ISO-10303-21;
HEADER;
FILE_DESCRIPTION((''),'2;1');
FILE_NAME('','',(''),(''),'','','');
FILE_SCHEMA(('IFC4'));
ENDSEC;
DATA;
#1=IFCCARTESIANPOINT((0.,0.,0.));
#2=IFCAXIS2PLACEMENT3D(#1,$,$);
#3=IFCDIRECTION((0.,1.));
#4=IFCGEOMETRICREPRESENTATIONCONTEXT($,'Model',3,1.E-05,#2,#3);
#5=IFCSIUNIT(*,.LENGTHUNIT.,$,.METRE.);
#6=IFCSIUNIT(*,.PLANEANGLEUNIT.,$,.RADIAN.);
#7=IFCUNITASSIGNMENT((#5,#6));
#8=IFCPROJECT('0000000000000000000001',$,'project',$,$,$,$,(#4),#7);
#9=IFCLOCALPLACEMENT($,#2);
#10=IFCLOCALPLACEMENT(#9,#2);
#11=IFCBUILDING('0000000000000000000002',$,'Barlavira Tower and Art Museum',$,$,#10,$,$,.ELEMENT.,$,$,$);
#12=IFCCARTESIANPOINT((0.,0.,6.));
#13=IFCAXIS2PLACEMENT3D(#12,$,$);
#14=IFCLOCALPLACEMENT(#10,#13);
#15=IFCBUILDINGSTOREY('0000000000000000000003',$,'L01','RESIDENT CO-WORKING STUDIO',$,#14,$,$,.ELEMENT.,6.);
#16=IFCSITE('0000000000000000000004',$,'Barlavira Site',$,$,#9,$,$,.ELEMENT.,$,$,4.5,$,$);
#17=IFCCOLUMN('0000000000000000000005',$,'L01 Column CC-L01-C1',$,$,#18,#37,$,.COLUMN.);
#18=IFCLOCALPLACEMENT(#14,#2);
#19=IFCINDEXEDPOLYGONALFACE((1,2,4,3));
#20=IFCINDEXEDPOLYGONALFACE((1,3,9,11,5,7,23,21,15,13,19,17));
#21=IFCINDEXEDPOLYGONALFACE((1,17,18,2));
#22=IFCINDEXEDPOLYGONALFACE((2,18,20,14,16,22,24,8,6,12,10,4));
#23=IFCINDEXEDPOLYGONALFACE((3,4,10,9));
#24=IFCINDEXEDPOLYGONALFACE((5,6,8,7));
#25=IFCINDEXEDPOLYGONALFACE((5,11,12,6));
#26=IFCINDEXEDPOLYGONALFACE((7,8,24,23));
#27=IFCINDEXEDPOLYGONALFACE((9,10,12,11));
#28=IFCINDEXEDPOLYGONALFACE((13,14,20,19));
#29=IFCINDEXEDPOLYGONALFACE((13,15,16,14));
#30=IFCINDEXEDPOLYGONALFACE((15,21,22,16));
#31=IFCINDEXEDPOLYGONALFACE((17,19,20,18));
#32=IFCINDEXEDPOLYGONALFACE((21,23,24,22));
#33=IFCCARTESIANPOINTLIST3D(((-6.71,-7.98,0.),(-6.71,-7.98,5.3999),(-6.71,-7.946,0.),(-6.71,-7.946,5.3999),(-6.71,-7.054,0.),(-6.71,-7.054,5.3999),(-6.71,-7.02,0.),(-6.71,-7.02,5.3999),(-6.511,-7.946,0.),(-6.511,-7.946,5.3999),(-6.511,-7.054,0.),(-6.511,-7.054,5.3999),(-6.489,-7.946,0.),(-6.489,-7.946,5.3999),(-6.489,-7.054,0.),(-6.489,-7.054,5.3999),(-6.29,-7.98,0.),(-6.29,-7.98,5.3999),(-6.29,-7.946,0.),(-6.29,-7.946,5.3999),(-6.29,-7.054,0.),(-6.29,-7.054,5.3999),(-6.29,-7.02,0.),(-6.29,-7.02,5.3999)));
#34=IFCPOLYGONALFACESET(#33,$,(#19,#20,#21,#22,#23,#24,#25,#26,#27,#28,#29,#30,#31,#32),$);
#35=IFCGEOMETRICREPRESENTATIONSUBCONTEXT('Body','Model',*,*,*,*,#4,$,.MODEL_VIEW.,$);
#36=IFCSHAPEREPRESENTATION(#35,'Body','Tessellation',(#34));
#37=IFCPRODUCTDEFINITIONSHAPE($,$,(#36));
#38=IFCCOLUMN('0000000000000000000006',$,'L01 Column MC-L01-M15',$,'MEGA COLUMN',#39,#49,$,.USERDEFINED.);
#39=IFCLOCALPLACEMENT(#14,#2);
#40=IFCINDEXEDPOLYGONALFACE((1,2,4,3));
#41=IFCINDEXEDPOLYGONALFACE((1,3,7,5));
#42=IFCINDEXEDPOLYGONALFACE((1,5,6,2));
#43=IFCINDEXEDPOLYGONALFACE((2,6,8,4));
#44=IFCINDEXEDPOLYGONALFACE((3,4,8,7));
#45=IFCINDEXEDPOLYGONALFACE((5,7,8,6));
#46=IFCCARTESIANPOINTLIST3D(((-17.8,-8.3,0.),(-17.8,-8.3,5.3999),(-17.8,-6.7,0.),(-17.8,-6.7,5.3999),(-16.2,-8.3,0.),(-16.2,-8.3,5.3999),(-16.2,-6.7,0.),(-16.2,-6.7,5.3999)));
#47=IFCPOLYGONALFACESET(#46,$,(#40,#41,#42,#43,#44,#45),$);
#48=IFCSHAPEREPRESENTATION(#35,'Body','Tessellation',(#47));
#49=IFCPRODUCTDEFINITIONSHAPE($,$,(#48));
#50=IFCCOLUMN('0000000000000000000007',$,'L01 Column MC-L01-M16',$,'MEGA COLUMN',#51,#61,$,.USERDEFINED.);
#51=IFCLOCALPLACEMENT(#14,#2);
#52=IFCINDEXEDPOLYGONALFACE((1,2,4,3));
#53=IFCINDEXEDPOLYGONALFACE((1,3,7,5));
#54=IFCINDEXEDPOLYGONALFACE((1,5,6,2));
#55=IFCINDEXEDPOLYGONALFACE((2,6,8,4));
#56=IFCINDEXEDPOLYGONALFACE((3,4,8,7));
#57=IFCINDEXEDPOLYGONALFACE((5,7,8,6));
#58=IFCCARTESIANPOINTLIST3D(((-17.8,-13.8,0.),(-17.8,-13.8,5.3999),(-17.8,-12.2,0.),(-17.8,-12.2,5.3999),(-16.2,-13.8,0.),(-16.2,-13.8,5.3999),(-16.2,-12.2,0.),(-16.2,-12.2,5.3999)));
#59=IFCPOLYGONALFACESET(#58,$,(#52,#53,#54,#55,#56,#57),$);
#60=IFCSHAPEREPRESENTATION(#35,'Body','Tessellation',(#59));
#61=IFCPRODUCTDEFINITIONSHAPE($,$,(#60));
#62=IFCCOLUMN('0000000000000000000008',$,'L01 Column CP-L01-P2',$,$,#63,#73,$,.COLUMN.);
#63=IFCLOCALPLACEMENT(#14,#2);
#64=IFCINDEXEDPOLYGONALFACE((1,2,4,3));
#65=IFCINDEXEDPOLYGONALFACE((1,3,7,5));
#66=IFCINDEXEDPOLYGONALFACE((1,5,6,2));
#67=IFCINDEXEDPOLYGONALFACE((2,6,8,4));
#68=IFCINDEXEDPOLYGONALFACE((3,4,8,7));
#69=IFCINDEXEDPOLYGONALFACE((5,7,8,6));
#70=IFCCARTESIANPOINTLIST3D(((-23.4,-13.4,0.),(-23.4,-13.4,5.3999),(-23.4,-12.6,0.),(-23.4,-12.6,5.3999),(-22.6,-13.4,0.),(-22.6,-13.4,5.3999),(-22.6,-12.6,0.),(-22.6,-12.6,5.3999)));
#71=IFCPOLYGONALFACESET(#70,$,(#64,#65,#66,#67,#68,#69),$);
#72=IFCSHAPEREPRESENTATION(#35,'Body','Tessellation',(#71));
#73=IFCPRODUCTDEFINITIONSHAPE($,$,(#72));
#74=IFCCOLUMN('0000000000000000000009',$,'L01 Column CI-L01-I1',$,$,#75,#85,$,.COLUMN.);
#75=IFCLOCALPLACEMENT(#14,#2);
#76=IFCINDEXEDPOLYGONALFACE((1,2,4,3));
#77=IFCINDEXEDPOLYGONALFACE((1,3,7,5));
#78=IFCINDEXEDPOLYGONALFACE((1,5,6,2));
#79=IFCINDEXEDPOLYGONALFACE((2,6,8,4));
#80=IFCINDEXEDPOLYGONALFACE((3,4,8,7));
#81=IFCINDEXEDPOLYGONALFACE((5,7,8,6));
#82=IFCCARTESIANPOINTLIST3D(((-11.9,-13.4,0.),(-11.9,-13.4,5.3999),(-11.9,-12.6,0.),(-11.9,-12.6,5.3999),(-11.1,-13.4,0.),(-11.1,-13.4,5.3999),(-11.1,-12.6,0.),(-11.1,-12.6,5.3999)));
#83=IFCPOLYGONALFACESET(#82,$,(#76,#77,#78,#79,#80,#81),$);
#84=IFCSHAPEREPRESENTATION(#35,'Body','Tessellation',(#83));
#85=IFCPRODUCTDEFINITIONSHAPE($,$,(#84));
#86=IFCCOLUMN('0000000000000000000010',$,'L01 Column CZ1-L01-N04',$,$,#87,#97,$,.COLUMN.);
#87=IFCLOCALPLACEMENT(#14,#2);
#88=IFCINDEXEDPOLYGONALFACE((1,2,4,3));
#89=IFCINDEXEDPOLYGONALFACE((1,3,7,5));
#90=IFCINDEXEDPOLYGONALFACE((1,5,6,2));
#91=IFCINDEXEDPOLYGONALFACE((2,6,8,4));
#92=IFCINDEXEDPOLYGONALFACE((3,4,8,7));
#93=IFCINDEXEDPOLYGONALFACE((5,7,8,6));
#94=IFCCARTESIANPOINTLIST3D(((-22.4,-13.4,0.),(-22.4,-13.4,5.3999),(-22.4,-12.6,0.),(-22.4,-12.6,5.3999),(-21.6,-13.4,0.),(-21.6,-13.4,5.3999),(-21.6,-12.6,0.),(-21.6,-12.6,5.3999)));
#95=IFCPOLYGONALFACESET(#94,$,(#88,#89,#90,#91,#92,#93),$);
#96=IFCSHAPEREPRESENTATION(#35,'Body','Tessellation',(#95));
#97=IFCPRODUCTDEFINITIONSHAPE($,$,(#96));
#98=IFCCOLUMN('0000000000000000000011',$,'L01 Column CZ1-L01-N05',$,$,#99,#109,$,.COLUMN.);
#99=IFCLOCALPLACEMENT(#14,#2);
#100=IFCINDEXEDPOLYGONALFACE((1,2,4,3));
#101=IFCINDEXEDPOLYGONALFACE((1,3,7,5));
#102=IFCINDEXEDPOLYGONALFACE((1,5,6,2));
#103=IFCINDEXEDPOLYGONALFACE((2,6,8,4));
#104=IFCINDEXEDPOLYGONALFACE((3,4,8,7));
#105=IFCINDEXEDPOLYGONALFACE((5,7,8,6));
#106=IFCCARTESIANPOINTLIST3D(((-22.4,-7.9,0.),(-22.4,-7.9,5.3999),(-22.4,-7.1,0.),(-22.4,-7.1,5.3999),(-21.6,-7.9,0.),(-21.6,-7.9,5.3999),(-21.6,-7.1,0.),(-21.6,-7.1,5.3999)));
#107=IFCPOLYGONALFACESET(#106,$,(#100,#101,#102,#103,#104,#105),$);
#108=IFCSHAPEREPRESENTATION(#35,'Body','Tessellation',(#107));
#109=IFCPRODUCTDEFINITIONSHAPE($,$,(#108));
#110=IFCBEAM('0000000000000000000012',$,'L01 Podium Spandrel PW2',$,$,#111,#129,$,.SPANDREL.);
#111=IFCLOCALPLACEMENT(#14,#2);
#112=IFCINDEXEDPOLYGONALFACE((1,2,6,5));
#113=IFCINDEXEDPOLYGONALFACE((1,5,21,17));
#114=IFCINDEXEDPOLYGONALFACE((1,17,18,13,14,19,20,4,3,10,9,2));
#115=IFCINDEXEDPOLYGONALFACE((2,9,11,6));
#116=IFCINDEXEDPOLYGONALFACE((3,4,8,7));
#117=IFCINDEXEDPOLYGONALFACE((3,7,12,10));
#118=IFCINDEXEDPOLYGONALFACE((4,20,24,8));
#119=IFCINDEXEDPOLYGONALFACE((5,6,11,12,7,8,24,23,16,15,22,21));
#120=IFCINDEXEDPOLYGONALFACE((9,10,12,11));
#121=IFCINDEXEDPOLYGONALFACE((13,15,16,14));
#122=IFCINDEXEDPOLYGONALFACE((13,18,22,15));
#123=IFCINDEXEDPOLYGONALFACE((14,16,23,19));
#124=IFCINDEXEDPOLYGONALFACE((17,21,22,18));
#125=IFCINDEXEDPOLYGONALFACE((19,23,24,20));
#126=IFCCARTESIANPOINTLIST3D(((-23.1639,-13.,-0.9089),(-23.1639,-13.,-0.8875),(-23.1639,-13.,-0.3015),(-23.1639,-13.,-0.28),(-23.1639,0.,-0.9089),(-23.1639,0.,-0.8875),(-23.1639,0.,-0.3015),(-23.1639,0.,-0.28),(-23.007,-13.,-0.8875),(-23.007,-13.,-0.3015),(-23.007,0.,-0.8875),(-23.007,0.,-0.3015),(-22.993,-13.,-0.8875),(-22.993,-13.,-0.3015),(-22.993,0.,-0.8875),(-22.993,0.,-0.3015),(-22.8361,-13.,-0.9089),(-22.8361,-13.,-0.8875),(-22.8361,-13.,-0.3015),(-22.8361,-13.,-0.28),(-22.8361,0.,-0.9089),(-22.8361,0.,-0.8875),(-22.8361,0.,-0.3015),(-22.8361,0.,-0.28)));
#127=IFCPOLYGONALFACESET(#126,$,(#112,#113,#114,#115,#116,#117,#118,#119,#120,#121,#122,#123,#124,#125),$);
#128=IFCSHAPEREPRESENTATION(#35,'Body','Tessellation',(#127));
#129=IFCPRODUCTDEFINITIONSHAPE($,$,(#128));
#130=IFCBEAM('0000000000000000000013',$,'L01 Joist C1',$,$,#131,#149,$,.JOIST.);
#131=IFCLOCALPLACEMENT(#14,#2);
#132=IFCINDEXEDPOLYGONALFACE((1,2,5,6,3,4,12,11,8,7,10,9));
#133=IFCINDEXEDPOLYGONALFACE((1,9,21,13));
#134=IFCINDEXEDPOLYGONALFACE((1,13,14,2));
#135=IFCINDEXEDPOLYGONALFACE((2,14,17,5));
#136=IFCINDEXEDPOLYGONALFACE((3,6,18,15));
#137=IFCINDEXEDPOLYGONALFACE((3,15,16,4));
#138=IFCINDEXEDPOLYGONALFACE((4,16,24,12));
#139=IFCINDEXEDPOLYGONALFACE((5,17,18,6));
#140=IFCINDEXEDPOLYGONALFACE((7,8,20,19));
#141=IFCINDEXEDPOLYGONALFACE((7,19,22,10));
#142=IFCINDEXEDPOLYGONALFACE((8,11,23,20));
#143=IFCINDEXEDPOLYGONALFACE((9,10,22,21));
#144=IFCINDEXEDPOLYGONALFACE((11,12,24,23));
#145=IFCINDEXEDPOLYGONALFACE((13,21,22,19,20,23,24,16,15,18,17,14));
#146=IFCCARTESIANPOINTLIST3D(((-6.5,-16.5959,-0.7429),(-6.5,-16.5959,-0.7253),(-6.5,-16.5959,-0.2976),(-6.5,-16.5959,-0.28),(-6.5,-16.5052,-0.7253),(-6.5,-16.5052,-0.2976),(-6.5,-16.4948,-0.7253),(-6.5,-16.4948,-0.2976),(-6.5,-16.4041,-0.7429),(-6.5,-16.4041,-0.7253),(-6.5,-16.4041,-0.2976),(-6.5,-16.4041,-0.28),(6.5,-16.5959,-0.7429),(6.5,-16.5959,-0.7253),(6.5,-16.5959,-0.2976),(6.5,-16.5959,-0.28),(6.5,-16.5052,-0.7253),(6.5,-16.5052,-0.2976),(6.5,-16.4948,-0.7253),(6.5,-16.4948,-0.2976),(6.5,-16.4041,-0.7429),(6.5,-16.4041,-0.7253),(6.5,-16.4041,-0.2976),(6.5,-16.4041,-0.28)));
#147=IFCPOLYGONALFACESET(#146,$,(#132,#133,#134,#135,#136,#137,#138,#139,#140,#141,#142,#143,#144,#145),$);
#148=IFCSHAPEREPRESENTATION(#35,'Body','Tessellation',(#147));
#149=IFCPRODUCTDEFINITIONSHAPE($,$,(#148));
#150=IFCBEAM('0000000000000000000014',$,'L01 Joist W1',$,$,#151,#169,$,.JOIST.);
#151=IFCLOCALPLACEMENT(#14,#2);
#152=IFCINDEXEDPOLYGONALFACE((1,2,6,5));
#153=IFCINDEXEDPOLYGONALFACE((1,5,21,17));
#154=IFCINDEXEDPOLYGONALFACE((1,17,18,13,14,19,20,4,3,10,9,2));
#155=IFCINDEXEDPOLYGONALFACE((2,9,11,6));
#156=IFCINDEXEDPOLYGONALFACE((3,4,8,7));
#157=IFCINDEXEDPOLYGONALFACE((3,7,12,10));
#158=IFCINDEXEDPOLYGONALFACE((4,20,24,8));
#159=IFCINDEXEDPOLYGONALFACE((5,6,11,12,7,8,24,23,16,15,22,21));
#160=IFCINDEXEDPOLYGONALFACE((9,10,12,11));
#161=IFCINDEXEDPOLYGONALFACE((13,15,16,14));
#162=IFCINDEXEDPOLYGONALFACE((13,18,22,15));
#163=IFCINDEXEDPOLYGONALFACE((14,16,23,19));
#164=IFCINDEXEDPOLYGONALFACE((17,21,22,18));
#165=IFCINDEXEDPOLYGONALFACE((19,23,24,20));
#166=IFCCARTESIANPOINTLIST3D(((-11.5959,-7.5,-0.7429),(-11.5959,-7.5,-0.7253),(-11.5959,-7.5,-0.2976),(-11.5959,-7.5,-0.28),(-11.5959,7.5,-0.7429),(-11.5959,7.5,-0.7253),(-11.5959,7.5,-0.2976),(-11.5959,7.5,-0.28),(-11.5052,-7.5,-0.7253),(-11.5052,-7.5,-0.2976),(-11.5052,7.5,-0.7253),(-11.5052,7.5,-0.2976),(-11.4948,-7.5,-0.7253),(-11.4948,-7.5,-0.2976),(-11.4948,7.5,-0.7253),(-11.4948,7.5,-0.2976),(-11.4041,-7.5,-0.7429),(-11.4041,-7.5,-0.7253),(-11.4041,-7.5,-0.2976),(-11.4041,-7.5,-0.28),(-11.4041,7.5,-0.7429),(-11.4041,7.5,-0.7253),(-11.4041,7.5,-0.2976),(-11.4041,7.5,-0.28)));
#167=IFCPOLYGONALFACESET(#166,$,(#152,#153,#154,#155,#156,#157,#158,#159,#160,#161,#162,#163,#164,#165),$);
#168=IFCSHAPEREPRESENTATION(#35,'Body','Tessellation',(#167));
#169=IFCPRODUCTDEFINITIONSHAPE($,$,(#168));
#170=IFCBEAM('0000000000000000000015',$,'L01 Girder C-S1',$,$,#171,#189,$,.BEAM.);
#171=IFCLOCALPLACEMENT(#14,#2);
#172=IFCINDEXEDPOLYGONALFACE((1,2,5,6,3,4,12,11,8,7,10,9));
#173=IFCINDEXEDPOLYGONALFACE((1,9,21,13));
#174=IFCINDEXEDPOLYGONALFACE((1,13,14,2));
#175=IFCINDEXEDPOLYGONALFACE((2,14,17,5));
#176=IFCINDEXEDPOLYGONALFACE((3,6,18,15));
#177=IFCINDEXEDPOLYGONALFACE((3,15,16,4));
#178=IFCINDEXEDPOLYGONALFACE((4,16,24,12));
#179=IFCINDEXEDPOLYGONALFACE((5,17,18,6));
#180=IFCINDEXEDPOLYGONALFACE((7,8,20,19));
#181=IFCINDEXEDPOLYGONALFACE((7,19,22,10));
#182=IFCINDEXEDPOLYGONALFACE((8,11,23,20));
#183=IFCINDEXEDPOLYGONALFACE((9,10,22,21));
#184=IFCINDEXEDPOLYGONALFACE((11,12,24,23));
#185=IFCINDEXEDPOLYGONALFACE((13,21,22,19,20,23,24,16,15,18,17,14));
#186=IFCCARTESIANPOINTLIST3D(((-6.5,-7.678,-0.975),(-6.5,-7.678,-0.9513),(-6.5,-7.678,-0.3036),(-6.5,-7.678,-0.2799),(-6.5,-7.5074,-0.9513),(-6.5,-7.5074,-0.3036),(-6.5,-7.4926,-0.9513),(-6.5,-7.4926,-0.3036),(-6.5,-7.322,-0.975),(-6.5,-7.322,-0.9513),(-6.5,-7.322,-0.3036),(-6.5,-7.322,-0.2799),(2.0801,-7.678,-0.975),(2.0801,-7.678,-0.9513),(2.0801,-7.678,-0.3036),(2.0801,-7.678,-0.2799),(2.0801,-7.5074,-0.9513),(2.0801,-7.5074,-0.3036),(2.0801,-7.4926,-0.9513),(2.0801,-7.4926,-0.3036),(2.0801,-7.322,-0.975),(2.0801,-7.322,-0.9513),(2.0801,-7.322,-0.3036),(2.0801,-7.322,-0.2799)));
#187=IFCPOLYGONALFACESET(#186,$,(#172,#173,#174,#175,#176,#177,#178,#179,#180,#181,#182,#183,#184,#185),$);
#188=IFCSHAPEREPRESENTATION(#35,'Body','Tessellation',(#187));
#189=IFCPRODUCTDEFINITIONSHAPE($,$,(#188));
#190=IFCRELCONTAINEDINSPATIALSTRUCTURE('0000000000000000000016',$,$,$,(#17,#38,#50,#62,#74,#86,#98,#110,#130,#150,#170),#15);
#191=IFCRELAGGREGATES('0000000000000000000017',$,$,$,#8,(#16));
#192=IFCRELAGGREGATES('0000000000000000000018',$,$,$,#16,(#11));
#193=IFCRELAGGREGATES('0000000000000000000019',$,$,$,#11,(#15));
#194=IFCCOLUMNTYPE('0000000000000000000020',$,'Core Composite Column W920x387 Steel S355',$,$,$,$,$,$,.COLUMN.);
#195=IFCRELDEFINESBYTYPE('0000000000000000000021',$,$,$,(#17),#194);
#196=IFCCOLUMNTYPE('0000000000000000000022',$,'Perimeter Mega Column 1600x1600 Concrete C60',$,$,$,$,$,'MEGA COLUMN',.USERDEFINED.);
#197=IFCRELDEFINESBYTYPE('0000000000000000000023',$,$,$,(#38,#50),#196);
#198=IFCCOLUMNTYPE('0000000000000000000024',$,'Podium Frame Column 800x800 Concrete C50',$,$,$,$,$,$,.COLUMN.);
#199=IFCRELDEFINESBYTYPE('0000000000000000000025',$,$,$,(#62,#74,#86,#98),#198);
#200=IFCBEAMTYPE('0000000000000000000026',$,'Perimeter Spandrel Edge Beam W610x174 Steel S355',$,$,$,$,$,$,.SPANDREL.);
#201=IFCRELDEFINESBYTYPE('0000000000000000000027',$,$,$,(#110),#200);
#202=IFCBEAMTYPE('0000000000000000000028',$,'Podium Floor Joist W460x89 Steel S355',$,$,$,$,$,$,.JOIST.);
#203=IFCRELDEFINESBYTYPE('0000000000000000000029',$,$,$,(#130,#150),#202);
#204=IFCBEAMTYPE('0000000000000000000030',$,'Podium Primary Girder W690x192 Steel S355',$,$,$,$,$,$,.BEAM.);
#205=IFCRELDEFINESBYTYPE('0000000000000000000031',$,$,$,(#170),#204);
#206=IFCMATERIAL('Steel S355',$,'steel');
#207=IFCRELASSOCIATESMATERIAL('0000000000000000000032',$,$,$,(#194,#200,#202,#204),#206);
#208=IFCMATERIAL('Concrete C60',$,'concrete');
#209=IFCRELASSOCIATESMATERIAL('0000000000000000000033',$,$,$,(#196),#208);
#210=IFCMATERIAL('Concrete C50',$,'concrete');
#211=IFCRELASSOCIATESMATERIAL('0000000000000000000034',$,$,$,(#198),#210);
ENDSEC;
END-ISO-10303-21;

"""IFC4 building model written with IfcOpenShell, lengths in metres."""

from ifc_helpers import new_model, si_unit, direction, frame, origin, origin_2d, place, context, subcontext, project, spatial, rectangle, i_section, extrude, material, material_profile, profile_set, type_object, element, save


model = new_model("IFC4")

# Units and contexts
model_context = context("Model", 3, precision=1e-05, world=origin(), true_north=direction((0.0, 1.0)))
body_context = subcontext(model_context, "Body", "Model", "MODEL_VIEW")
ifc_project = project(units=[si_unit("LENGTHUNIT", "METRE"), si_unit("PLANEANGLEUNIT", "RADIAN")], contexts=[model_context])

# Site, building, storey
site_placement = place(None, origin())
site = spatial("IfcSite", under=ifc_project, at=site_placement, Name="Barlavira Site", CompositionType="ELEMENT", RefElevation=4.5)
building_placement = place(site_placement, origin())
building = spatial("IfcBuilding", under=site, at=building_placement, Name="Barlavira Tower and Art Museum", CompositionType="ELEMENT")
storey_placement = place(building_placement, frame((0.0, 0.0, 6.0)))
storey = spatial("IfcBuildingStorey", under=building, at=storey_placement, Name="L01", Description="RESIDENT CO-WORKING STUDIO", CompositionType="ELEMENT", Elevation=6.0)

# Columns
ifc_material_1 = material(Name="Steel S355", Category="steel")
ifc_material_profile_1 = material_profile(ifc_material_1, i_section(OverallWidth=0.4199, OverallDepth=0.96, WebThickness=0.022, FlangeThickness=0.0339, at=origin_2d()), Name="W920x387.0")
ifc_profile_set_1 = profile_set([ifc_material_profile_1], Name="Steel S355")
column_type_1 = type_object("IfcColumnType", Name="Core Composite Column W920x387 Steel S355", PredefinedType="COLUMN", material=ifc_profile_set_1)
column_placement = place(storey_placement, frame((-6.5, -7.5, 0.0), z_axis=(0.0, 0.0, 1.0), x_axis=(1.0, 0.0, 0.0)))
element("IfcColumn", 1, at=column_placement, inside=storey, type_object=column_type_1, Name="L01 Column CC-L01-C1", PredefinedType="COLUMN", context=body_context, shape_type="SweptSolid", body=[
    extrude(i_section(OverallWidth=0.4199, OverallDepth=0.96, WebThickness=0.022, FlangeThickness=0.0339, at=origin_2d()), origin(), (0.0, 0.0, 1.0), 5.3999),
])
ifc_material_2 = material(Name="Concrete C60", Category="concrete")
ifc_material_profile_2 = material_profile(ifc_material_2, rectangle(XDim=1.6001, YDim=1.6001, at=origin_2d()), Name="RC-MCOL 1600x1600")
ifc_profile_set_2 = profile_set([ifc_material_profile_2], Name="Concrete C60")
column_type_2 = type_object("IfcColumnType", Name="Perimeter Mega Column 1600x1600 Concrete C60", ElementType="MEGA COLUMN", PredefinedType="USERDEFINED", material=ifc_profile_set_2)
for number, where, z_axis, x_axis, name in (
    (2, (-17.0, -7.5, 0.0), (0.0, 0.0, 1.0), (1.0, 0.0, 0.0), "L01 Column MC-L01-M15"),
    (3, (-17.0, -13.0, 0.0), (0.0, 0.0, 1.0), (1.0, 0.0, 0.0), "L01 Column MC-L01-M16"),
):
    element("IfcColumn", number, at=place(storey_placement, frame(where, z_axis=z_axis, x_axis=x_axis)), inside=storey, type_object=column_type_2, Name=name, ObjectType="MEGA COLUMN", PredefinedType="USERDEFINED", context=body_context, shape_type="SweptSolid", body=[
        extrude(rectangle(XDim=1.6001, YDim=1.6001, at=origin_2d()), origin(), (0.0, 0.0, 1.0), 5.3999),
    ])
ifc_material_3 = material(Name="Concrete C50", Category="concrete")
ifc_material_profile_3 = material_profile(ifc_material_3, rectangle(XDim=0.8, YDim=0.8, at=origin_2d()), Name="RC-COL 800x800")
ifc_profile_set_3 = profile_set([ifc_material_profile_3], Name="Concrete C50")
column_type_3 = type_object("IfcColumnType", Name="Podium Frame Column 800x800 Concrete C50", PredefinedType="COLUMN", material=ifc_profile_set_3)
for number, where, z_axis, x_axis, name in (
    (4, (-23.0, -13.0, 0.0), (0.0, 0.0, 1.0), (1.0, 0.0, 0.0), "L01 Column CP-L01-P2"),
    (5, (-11.5, -13.0, 0.0), (0.0, 0.0, 1.0), (1.0, 0.0, 0.0), "L01 Column CI-L01-I1"),
    (6, (-22.0, -13.0, 0.0), (0.0, 0.0, 1.0), (1.0, 0.0, 0.0), "L01 Column CZ1-L01-N04"),
    (7, (-22.0, -7.5, 0.0), (0.0, 0.0, 1.0), (1.0, 0.0, 0.0), "L01 Column CZ1-L01-N05"),
):
    element("IfcColumn", number, at=place(storey_placement, frame(where, z_axis=z_axis, x_axis=x_axis)), inside=storey, type_object=column_type_3, Name=name, PredefinedType="COLUMN", context=body_context, shape_type="SweptSolid", body=[
        extrude(rectangle(XDim=0.8, YDim=0.8, at=origin_2d()), origin(), (0.0, 0.0, 1.0), 5.3999),
    ])

# Beams
ifc_material_profile_4 = material_profile(ifc_material_1, i_section(OverallWidth=0.3279, OverallDepth=0.6289, WebThickness=0.0139, FlangeThickness=0.0215, at=origin_2d()), Name="W610x174.0")
ifc_profile_set_4 = profile_set([ifc_material_profile_4], Name="Steel S355")
beam_type_1 = type_object("IfcBeamType", Name="Perimeter Spandrel Edge Beam W610x174 Steel S355", PredefinedType="SPANDREL", material=ifc_profile_set_4)
beam_1_placement = place(storey_placement, frame((-23.0, -13.0, -0.5945), z_axis=(0.0, 1.0, 0.0), x_axis=(-1.0, 0.0, 0.0)))
element("IfcBeam", 8, at=beam_1_placement, inside=storey, type_object=beam_type_1, Name="L01 Podium Spandrel PW2", PredefinedType="SPANDREL", context=body_context, shape_type="SweptSolid", body=[
    extrude(i_section(OverallWidth=0.3279, OverallDepth=0.6289, WebThickness=0.0139, FlangeThickness=0.0215, at=origin_2d()), origin(), (0.0, 0.0, 1.0), 13.0),
])
ifc_material_profile_5 = material_profile(ifc_material_1, i_section(OverallWidth=0.1919, OverallDepth=0.4629, WebThickness=0.0105, FlangeThickness=0.0176, at=origin_2d()), Name="W460x89.0")
ifc_profile_set_5 = profile_set([ifc_material_profile_5], Name="Steel S355")
beam_type_2 = type_object("IfcBeamType", Name="Podium Floor Joist W460x89 Steel S355", PredefinedType="JOIST", material=ifc_profile_set_5)
beam_2_placement = place(storey_placement, frame((-6.5, -16.5, -0.5115), z_axis=(1.0, 0.0, 0.0), x_axis=(0.0, 1.0, 0.0)))
element("IfcBeam", 9, at=beam_2_placement, inside=storey, type_object=beam_type_2, Name="L01 Joist C1", PredefinedType="JOIST", context=body_context, shape_type="SweptSolid", body=[
    extrude(i_section(OverallWidth=0.1919, OverallDepth=0.4629, WebThickness=0.0105, FlangeThickness=0.0176, at=origin_2d()), origin(), (0.0, 0.0, 1.0), 13.0),
])
beam_3_placement = place(storey_placement, frame((-11.5, -7.5, -0.5115), z_axis=(0.0, 1.0, 0.0), x_axis=(-1.0, 0.0, 0.0)))
element("IfcBeam", 10, at=beam_3_placement, inside=storey, type_object=beam_type_2, Name="L01 Joist W1", PredefinedType="JOIST", context=body_context, shape_type="SweptSolid", body=[
    extrude(i_section(OverallWidth=0.1919, OverallDepth=0.4629, WebThickness=0.0105, FlangeThickness=0.0176, at=origin_2d()), origin(), (0.0, 0.0, 1.0), 15.0),
])
ifc_material_profile_6 = material_profile(ifc_material_1, i_section(OverallWidth=0.356, OverallDepth=0.6951, WebThickness=0.0149, FlangeThickness=0.0237, at=origin_2d()), Name="W690x192.0")
ifc_profile_set_6 = profile_set([ifc_material_profile_6], Name="Steel S355")
beam_type_3 = type_object("IfcBeamType", Name="Podium Primary Girder W690x192 Steel S355", PredefinedType="BEAM", material=ifc_profile_set_6)
beam_4_placement = place(storey_placement, frame((-6.5, -7.5, -0.6274), z_axis=(1.0, 0.0, 0.0), x_axis=(0.0, 1.0, 0.0)))
element("IfcBeam", 11, at=beam_4_placement, inside=storey, type_object=beam_type_3, Name="L01 Girder C-S1", PredefinedType="BEAM", context=body_context, shape_type="SweptSolid", body=[
    extrude(i_section(OverallWidth=0.356, OverallDepth=0.6951, WebThickness=0.0149, FlangeThickness=0.0237, at=origin_2d()), origin(), (0.0, 0.0, 1.0), 8.5801),
])

save(model, "model.ifc")
